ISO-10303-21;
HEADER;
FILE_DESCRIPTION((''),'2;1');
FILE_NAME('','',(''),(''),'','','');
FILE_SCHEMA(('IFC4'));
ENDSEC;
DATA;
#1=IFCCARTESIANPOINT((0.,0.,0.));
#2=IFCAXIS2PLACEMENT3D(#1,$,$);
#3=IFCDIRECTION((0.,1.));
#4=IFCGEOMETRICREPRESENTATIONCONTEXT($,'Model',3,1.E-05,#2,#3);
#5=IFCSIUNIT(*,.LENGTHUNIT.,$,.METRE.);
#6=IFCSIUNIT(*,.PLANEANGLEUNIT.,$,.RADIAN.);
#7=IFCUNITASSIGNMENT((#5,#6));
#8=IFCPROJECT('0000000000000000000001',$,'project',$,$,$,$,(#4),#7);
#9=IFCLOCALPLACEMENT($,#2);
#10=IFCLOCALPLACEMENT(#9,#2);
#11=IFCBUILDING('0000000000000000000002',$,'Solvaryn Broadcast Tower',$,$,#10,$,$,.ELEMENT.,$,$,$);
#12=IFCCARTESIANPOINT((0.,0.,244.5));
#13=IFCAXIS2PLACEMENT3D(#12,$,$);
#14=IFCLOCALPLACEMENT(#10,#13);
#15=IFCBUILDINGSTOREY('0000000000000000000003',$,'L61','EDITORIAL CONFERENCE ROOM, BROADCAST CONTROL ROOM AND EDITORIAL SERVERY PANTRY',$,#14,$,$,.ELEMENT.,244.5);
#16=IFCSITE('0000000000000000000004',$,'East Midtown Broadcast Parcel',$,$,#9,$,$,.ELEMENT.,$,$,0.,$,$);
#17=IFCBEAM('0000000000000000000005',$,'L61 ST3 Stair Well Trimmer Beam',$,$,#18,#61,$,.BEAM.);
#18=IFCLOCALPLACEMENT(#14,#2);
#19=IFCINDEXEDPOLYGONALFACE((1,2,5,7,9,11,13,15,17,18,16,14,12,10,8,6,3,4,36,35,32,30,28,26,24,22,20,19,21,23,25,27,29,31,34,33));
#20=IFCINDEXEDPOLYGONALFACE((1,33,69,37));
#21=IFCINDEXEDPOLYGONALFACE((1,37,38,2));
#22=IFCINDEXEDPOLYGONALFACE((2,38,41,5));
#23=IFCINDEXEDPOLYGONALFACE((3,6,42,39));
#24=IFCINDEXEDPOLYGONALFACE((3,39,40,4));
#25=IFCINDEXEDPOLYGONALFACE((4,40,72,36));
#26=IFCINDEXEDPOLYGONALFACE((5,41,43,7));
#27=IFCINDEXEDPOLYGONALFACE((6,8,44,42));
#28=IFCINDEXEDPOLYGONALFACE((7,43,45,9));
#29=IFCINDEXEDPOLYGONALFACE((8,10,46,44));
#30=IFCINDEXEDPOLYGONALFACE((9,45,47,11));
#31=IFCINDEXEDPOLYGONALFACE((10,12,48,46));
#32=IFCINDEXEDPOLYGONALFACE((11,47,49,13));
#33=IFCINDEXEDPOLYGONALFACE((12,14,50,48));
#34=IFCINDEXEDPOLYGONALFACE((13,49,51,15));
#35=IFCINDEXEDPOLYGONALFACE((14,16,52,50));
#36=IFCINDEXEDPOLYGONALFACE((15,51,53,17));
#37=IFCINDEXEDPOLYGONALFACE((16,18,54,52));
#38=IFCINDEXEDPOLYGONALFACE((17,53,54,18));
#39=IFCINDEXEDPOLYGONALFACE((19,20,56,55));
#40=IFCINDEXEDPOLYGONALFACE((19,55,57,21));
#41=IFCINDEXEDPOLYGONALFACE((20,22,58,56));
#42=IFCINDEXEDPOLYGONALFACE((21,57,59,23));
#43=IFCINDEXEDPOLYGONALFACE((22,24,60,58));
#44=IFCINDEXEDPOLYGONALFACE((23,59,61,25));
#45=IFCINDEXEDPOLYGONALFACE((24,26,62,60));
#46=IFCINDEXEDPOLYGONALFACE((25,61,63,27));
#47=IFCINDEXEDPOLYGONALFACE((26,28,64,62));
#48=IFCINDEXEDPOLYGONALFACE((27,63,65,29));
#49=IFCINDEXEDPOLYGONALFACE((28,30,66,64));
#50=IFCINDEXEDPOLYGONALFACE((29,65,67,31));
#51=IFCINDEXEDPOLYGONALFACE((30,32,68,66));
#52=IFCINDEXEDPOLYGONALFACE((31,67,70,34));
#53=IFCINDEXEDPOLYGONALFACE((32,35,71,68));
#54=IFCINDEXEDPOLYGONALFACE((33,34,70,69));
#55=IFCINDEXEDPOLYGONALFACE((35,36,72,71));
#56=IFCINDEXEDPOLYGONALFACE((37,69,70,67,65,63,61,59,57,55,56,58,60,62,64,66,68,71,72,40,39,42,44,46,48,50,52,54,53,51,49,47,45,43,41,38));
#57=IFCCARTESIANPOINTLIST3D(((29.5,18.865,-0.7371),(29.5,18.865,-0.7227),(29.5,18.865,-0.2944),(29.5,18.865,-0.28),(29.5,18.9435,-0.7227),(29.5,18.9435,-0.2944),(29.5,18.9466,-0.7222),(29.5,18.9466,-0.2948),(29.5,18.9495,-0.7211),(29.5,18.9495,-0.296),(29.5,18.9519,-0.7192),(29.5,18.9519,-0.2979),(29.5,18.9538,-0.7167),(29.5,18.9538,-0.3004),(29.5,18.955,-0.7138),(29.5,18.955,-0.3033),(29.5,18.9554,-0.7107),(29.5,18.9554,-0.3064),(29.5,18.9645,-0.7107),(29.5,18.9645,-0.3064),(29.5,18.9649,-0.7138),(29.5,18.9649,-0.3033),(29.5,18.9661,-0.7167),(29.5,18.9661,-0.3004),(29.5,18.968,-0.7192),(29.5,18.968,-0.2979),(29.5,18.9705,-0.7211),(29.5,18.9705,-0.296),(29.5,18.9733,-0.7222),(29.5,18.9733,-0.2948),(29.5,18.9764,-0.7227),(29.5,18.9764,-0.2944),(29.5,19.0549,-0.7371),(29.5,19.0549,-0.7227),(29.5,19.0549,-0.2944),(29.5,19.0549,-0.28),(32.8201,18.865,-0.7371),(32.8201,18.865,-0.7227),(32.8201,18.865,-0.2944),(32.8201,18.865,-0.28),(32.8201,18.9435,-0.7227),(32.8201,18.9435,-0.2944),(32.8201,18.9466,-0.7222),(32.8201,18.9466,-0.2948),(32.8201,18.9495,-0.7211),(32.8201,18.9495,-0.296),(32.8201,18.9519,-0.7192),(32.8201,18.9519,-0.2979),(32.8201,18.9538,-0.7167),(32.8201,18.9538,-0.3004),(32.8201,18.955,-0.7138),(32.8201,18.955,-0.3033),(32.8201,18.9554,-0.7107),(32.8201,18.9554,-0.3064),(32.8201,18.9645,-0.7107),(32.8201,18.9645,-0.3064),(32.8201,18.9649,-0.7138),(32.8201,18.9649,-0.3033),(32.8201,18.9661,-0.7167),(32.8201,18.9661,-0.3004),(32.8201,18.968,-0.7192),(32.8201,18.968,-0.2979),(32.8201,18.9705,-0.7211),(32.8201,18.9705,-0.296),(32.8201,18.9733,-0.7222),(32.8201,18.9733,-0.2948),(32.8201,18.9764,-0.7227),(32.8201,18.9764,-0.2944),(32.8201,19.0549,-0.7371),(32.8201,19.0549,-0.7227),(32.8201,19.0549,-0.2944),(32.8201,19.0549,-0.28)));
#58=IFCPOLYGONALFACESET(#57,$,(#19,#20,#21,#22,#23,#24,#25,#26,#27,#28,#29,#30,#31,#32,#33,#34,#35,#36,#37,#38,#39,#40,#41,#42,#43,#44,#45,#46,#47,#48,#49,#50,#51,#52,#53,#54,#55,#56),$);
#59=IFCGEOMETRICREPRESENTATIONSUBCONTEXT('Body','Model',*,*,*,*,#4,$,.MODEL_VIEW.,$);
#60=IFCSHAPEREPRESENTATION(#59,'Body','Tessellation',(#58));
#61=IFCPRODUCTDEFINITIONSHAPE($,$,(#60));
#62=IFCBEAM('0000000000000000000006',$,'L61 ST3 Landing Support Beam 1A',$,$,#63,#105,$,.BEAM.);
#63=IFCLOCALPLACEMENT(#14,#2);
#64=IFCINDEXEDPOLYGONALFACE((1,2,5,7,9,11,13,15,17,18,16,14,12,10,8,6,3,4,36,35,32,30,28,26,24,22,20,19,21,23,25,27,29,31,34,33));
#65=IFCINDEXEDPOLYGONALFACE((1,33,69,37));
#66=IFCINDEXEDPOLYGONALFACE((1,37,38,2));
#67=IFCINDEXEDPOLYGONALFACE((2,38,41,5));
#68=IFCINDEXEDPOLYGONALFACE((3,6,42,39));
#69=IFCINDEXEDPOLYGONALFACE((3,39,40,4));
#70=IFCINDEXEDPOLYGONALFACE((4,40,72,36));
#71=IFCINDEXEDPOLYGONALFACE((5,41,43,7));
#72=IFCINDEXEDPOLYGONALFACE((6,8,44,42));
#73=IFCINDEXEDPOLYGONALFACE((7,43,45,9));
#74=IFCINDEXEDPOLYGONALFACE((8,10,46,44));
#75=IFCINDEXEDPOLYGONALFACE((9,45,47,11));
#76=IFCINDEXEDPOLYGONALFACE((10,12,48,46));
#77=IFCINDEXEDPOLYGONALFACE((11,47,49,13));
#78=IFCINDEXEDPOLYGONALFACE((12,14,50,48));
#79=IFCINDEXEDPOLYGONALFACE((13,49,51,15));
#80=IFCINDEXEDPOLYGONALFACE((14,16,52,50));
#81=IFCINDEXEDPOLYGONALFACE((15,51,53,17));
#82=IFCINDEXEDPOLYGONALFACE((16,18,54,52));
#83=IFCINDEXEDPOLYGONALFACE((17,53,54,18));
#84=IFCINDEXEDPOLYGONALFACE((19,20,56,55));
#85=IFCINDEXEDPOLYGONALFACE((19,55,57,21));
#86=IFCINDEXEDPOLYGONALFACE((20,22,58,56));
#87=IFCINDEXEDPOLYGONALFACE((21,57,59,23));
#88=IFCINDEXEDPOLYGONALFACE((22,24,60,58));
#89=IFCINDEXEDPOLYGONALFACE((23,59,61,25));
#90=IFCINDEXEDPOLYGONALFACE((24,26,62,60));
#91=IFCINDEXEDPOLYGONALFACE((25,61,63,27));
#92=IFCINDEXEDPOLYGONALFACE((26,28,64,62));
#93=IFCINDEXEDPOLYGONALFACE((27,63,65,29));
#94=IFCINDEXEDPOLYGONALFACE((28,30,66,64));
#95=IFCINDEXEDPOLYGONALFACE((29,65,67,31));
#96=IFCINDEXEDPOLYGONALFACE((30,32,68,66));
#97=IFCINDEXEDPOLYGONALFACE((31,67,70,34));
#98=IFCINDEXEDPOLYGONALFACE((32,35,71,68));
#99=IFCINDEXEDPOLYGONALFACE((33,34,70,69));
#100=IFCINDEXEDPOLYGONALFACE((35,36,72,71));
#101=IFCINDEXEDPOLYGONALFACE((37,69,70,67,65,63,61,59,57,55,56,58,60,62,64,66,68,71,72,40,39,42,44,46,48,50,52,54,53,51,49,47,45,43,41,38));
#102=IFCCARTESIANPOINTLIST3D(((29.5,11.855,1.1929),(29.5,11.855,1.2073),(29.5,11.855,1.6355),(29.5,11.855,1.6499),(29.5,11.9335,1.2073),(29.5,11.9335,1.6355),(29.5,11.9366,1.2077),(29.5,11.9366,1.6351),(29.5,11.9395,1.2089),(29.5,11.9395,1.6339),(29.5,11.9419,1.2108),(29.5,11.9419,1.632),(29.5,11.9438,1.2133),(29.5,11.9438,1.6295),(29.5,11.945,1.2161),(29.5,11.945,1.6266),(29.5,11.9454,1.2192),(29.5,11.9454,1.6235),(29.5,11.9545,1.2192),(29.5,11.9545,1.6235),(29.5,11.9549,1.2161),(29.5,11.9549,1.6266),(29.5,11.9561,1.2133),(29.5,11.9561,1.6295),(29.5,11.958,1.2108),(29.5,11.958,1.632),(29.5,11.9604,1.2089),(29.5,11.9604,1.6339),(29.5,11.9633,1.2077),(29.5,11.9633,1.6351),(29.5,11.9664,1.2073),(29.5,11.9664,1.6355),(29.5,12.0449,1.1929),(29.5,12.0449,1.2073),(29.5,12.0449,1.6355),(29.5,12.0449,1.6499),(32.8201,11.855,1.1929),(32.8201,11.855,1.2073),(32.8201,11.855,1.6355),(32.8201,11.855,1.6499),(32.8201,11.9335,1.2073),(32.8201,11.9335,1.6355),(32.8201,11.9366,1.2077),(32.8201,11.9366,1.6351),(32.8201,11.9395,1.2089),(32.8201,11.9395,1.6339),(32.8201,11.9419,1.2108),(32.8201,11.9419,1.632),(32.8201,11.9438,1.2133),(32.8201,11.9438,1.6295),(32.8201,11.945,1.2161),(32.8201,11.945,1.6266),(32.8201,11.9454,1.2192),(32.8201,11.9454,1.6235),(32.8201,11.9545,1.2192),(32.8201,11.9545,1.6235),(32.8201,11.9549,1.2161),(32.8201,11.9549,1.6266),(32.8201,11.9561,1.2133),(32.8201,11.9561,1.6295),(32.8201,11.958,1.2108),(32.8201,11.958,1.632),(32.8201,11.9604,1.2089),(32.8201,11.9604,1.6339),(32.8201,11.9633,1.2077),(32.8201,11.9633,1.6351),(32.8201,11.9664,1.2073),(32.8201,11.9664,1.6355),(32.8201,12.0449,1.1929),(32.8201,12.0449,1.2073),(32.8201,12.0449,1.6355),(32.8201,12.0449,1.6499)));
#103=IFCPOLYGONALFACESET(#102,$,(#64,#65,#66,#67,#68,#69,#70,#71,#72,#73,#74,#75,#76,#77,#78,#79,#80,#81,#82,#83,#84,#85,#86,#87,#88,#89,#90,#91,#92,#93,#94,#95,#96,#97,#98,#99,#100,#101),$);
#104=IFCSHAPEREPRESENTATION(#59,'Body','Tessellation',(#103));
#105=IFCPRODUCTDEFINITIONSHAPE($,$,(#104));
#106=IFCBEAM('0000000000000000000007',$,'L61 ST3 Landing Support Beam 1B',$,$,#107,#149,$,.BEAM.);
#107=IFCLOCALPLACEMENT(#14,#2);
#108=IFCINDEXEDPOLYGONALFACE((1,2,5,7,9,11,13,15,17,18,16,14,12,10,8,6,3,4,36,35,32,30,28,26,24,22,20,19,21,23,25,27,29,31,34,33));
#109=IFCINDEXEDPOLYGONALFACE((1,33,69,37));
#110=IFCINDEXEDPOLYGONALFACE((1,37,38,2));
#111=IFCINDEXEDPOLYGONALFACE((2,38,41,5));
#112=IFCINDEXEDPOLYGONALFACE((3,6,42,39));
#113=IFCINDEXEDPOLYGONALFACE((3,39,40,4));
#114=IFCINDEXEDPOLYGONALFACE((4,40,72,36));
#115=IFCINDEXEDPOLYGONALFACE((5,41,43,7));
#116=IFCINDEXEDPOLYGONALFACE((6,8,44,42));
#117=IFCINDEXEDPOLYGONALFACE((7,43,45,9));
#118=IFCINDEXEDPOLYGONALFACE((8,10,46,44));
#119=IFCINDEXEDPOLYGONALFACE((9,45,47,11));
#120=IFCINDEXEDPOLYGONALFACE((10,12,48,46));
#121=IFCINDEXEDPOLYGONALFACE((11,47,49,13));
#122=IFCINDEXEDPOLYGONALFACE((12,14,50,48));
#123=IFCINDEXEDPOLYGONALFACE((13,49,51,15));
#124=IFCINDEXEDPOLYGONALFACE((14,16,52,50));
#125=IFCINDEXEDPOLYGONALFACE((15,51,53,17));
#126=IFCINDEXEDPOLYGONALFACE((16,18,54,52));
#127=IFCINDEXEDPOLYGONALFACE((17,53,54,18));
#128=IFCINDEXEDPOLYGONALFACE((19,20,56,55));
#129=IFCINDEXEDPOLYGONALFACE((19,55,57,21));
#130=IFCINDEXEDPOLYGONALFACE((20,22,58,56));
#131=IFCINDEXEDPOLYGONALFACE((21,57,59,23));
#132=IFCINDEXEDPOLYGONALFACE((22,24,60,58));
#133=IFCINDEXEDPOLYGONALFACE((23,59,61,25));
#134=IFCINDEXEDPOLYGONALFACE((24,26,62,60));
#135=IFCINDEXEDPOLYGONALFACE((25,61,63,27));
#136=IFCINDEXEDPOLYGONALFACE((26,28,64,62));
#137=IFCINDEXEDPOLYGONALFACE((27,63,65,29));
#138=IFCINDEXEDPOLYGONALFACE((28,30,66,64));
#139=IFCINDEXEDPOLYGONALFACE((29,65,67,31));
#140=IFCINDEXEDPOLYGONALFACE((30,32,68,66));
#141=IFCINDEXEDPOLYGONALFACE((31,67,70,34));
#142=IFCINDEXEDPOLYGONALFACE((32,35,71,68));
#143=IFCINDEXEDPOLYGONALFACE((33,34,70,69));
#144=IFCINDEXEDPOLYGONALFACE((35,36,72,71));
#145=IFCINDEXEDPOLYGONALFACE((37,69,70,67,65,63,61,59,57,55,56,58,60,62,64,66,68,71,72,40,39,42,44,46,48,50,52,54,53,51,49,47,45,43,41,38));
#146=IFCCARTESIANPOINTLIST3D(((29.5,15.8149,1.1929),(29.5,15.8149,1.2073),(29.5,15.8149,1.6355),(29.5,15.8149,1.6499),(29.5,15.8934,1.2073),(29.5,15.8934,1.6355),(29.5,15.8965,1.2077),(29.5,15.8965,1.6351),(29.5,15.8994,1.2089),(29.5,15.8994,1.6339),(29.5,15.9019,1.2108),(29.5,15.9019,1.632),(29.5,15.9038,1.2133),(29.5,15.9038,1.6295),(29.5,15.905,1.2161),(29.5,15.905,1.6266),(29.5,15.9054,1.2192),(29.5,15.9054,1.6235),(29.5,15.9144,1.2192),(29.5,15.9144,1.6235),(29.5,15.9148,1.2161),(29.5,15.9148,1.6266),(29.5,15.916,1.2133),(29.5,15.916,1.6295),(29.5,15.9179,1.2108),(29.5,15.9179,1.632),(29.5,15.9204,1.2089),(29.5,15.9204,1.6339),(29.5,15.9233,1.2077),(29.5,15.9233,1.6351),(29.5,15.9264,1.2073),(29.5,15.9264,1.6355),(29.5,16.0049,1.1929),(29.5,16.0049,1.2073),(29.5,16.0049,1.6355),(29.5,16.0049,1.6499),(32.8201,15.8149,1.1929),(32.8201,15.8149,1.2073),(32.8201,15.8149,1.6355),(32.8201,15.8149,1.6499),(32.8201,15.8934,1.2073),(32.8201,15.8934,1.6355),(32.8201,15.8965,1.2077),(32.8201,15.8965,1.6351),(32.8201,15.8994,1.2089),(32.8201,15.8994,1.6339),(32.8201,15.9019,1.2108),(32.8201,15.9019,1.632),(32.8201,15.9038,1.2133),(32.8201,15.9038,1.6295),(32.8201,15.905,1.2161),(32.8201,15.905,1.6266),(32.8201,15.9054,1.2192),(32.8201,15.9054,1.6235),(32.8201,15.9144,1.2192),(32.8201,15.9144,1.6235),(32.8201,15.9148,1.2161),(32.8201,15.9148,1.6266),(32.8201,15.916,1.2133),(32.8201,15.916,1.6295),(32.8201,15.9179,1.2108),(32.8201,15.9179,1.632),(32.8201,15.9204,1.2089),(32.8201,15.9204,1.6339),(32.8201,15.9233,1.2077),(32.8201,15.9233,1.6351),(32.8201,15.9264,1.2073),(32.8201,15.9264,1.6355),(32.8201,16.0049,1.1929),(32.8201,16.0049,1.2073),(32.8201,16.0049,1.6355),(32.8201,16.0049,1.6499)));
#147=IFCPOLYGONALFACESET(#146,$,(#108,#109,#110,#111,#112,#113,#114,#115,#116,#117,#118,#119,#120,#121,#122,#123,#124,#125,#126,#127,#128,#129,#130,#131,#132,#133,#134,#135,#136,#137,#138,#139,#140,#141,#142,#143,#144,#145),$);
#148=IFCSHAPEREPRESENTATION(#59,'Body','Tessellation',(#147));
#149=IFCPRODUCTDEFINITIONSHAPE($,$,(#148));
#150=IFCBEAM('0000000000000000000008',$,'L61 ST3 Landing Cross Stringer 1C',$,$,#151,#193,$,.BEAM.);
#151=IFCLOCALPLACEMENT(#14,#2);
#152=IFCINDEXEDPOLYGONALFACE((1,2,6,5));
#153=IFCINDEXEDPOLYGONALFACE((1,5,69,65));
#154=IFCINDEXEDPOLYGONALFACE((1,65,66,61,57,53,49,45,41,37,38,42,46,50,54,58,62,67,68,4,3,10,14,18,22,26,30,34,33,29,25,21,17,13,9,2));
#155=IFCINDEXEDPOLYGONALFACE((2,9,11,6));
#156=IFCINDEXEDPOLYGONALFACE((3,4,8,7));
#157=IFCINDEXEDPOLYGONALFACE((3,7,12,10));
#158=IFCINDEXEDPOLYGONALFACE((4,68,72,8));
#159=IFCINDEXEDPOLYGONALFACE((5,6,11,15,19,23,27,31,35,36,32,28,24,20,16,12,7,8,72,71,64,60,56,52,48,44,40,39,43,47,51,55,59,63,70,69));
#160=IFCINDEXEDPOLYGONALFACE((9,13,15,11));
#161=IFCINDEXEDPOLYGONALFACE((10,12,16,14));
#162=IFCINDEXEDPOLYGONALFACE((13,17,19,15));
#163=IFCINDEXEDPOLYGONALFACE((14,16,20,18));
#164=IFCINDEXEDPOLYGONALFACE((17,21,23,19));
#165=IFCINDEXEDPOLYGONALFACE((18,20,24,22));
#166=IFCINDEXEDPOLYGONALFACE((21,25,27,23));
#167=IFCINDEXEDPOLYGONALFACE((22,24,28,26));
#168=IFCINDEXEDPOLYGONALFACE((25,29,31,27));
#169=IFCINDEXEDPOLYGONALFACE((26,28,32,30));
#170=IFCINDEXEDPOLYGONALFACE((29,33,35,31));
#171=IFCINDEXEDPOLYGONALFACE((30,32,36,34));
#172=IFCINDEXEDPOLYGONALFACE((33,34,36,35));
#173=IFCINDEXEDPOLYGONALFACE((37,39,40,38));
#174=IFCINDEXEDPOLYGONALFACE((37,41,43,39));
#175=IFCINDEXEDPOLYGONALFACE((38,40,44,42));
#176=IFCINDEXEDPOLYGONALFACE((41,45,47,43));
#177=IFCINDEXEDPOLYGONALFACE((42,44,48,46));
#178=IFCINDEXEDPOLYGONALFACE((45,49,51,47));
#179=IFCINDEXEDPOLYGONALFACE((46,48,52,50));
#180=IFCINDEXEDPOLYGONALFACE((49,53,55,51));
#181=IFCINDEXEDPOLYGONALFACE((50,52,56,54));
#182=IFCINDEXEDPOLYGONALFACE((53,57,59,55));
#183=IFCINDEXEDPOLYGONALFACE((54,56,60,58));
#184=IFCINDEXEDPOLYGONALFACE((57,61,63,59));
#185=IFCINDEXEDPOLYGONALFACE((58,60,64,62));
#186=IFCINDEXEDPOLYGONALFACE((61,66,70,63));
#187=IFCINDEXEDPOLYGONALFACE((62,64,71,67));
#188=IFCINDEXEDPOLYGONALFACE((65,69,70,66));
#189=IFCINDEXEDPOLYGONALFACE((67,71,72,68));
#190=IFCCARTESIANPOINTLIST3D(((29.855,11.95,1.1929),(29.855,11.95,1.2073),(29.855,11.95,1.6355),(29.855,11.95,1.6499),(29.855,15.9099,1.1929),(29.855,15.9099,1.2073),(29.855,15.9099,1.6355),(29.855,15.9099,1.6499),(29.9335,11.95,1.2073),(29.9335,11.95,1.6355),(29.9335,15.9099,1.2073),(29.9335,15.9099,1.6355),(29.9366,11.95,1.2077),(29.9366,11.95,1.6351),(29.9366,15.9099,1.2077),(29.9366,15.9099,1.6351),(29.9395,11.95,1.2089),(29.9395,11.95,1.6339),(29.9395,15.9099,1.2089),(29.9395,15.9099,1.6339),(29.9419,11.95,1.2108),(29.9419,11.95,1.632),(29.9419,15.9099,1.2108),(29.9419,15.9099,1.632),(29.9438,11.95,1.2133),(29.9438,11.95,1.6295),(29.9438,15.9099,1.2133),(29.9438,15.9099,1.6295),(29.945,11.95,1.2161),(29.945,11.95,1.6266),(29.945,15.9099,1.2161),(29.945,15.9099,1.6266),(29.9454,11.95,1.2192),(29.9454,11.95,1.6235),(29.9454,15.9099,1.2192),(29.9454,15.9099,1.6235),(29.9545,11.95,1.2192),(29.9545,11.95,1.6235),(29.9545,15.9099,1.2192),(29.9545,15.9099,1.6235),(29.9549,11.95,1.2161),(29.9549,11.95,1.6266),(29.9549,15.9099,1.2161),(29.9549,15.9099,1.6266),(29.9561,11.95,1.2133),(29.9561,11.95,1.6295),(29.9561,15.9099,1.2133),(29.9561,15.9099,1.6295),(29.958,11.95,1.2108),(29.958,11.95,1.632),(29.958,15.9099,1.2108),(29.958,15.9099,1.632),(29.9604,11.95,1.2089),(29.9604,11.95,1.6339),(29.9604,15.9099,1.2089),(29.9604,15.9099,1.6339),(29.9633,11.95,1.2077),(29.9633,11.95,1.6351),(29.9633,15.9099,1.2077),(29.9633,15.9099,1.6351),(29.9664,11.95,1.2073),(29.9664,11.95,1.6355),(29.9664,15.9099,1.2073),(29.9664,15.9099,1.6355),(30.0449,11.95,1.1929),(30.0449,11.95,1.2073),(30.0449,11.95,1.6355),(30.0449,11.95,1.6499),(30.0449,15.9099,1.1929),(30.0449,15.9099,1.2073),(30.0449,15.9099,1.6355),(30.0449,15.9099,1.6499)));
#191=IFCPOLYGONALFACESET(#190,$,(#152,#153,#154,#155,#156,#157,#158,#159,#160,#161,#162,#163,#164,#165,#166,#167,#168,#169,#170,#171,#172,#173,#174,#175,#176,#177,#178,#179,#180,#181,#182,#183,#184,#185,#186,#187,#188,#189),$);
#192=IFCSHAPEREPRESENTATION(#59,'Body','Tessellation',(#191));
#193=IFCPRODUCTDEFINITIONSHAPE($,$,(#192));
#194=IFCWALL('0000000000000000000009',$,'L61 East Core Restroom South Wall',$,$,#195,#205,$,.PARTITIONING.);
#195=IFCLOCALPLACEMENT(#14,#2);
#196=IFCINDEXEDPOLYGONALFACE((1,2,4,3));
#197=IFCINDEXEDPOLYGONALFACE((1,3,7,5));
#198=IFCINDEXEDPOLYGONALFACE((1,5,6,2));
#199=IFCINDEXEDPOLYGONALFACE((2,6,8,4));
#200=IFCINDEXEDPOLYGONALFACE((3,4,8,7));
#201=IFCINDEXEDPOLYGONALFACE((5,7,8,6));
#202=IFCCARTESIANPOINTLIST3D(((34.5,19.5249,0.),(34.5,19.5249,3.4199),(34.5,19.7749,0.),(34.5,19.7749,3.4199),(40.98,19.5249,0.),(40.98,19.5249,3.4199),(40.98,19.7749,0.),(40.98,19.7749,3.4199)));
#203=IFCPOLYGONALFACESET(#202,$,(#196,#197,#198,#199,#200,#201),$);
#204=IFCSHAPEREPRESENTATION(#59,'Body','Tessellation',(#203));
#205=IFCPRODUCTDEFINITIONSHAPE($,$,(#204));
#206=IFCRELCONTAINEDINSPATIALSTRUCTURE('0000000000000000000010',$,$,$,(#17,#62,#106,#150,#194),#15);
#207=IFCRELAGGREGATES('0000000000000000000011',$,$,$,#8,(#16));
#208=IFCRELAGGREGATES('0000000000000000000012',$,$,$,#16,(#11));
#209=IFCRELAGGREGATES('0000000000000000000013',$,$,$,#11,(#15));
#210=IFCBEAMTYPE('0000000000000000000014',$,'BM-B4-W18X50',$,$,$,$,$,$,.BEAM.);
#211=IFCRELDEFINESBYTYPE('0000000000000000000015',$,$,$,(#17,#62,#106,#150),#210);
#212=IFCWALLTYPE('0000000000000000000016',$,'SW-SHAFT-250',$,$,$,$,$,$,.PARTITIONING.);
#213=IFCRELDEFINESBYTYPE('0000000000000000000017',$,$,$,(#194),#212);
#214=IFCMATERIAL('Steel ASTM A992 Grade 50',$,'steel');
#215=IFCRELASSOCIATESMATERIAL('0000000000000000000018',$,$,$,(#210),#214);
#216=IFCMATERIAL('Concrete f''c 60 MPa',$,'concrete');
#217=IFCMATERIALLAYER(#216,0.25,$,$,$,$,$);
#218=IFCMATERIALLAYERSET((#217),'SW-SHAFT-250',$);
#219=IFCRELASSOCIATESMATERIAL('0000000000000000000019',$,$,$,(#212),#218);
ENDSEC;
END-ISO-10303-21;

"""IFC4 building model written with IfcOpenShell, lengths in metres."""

from ifc_helpers import new_model, si_unit, direction, frame, frame_2d, origin, origin_2d, place, context, subcontext, project, spatial, rectangle, i_section, extrude, material, layer, layer_set, material_profile, profile_set, type_object, element, save


model = new_model("IFC4")

# Units and contexts
model_context = context("Model", 3, precision=1e-05, world=origin(), true_north=direction((0.0, 1.0)))
body_context = subcontext(model_context, "Body", "Model", "MODEL_VIEW")
ifc_project = project(units=[si_unit("LENGTHUNIT", "METRE"), si_unit("PLANEANGLEUNIT", "RADIAN")], contexts=[model_context])

# Site, building, storey
site_placement = place(None, origin())
site = spatial("IfcSite", under=ifc_project, at=site_placement, Name="East Midtown Broadcast Parcel", CompositionType="ELEMENT", RefElevation=0.0)
building_placement = place(site_placement, origin())
building = spatial("IfcBuilding", under=site, at=building_placement, Name="Solvaryn Broadcast Tower", CompositionType="ELEMENT")
storey_placement = place(building_placement, frame((0.0, 0.0, 244.5)))
storey = spatial("IfcBuildingStorey", under=building, at=storey_placement, Name="L61", Description="EDITORIAL CONFERENCE ROOM, BROADCAST CONTROL ROOM AND EDITORIAL SERVERY PANTRY", CompositionType="ELEMENT", Elevation=244.5)

# Beams
ifc_material_1 = material(Name="Steel ASTM A992 Grade 50", Category="steel")
ifc_material_profile_1 = material_profile(ifc_material_1, i_section(OverallWidth=0.1899, OverallDepth=0.457, WebThickness=0.009, FlangeThickness=0.0144, FilletRadius=0.012, at=origin_2d()))
ifc_profile_set_1 = profile_set([ifc_material_profile_1], Name="Steel ASTM A992 Grade 50")
beam_type_1 = type_object("IfcBeamType", Name="BM-B4-W18X50", PredefinedType="BEAM", material=ifc_profile_set_1)
for number, where, z_axis, x_axis, name in (
    (1, (29.5, 18.96, -0.5085), (1.0, 0.0, 0.0), (0.0, 1.0, 0.0), "L61 ST3 Stair Well Trimmer Beam"),
    (2, (29.5, 11.95, 1.4214), (1.0, 0.0, 0.0), (0.0, 1.0, 0.0), "L61 ST3 Landing Support Beam 1A"),
    (3, (29.5, 15.9099, 1.4214), (1.0, 0.0, 0.0), (0.0, 1.0, 0.0), "L61 ST3 Landing Support Beam 1B"),
):
    element("IfcBeam", number, at=place(storey_placement, frame(where, z_axis=z_axis, x_axis=x_axis)), inside=storey, type_object=beam_type_1, Name=name, PredefinedType="BEAM", context=body_context, shape_type="SweptSolid", body=[
        extrude(i_section(OverallWidth=0.1899, OverallDepth=0.457, WebThickness=0.009, FlangeThickness=0.0144, FilletRadius=0.012, at=origin_2d()), origin(), (0.0, 0.0, 1.0), 3.3201),
    ])
beam_1_placement = place(storey_placement, frame((29.95, 11.95, 1.4214), z_axis=(0.0, 1.0, 0.0), x_axis=(-1.0, 0.0, 0.0)))
element("IfcBeam", 4, at=beam_1_placement, inside=storey, type_object=beam_type_1, Name="L61 ST3 Landing Cross Stringer 1C", PredefinedType="BEAM", context=body_context, shape_type="SweptSolid", body=[
    extrude(i_section(OverallWidth=0.1899, OverallDepth=0.457, WebThickness=0.009, FlangeThickness=0.0144, FilletRadius=0.012, at=origin_2d()), origin(), (0.0, 0.0, 1.0), 3.96),
])

# Wall
ifc_material_2 = material(Name="Concrete f'c 60 MPa", Category="concrete")
ifc_layer_1 = layer(ifc_material_2, 0.25)
ifc_layer_set_1 = layer_set([ifc_layer_1], Name="SW-SHAFT-250")
wall_type_1 = type_object("IfcWallType", Name="SW-SHAFT-250", PredefinedType="PARTITIONING", material=ifc_layer_set_1)
wall_1_placement = place(storey_placement, frame((34.5, 19.6499, 0.0), z_axis=(0.0, 0.0, 1.0), x_axis=(1.0, 0.0, 0.0)))
element("IfcWall", 5, at=wall_1_placement, inside=storey, type_object=wall_type_1, Name="L61 East Core Restroom South Wall", PredefinedType="PARTITIONING", context=body_context, shape_type="SweptSolid", body=[
    extrude(rectangle(XDim=6.48, YDim=0.25, at=frame_2d((3.24, 0.0))), origin(), (0.0, 0.0, 1.0), 3.4199),
])

save(model, "model.ifc")
